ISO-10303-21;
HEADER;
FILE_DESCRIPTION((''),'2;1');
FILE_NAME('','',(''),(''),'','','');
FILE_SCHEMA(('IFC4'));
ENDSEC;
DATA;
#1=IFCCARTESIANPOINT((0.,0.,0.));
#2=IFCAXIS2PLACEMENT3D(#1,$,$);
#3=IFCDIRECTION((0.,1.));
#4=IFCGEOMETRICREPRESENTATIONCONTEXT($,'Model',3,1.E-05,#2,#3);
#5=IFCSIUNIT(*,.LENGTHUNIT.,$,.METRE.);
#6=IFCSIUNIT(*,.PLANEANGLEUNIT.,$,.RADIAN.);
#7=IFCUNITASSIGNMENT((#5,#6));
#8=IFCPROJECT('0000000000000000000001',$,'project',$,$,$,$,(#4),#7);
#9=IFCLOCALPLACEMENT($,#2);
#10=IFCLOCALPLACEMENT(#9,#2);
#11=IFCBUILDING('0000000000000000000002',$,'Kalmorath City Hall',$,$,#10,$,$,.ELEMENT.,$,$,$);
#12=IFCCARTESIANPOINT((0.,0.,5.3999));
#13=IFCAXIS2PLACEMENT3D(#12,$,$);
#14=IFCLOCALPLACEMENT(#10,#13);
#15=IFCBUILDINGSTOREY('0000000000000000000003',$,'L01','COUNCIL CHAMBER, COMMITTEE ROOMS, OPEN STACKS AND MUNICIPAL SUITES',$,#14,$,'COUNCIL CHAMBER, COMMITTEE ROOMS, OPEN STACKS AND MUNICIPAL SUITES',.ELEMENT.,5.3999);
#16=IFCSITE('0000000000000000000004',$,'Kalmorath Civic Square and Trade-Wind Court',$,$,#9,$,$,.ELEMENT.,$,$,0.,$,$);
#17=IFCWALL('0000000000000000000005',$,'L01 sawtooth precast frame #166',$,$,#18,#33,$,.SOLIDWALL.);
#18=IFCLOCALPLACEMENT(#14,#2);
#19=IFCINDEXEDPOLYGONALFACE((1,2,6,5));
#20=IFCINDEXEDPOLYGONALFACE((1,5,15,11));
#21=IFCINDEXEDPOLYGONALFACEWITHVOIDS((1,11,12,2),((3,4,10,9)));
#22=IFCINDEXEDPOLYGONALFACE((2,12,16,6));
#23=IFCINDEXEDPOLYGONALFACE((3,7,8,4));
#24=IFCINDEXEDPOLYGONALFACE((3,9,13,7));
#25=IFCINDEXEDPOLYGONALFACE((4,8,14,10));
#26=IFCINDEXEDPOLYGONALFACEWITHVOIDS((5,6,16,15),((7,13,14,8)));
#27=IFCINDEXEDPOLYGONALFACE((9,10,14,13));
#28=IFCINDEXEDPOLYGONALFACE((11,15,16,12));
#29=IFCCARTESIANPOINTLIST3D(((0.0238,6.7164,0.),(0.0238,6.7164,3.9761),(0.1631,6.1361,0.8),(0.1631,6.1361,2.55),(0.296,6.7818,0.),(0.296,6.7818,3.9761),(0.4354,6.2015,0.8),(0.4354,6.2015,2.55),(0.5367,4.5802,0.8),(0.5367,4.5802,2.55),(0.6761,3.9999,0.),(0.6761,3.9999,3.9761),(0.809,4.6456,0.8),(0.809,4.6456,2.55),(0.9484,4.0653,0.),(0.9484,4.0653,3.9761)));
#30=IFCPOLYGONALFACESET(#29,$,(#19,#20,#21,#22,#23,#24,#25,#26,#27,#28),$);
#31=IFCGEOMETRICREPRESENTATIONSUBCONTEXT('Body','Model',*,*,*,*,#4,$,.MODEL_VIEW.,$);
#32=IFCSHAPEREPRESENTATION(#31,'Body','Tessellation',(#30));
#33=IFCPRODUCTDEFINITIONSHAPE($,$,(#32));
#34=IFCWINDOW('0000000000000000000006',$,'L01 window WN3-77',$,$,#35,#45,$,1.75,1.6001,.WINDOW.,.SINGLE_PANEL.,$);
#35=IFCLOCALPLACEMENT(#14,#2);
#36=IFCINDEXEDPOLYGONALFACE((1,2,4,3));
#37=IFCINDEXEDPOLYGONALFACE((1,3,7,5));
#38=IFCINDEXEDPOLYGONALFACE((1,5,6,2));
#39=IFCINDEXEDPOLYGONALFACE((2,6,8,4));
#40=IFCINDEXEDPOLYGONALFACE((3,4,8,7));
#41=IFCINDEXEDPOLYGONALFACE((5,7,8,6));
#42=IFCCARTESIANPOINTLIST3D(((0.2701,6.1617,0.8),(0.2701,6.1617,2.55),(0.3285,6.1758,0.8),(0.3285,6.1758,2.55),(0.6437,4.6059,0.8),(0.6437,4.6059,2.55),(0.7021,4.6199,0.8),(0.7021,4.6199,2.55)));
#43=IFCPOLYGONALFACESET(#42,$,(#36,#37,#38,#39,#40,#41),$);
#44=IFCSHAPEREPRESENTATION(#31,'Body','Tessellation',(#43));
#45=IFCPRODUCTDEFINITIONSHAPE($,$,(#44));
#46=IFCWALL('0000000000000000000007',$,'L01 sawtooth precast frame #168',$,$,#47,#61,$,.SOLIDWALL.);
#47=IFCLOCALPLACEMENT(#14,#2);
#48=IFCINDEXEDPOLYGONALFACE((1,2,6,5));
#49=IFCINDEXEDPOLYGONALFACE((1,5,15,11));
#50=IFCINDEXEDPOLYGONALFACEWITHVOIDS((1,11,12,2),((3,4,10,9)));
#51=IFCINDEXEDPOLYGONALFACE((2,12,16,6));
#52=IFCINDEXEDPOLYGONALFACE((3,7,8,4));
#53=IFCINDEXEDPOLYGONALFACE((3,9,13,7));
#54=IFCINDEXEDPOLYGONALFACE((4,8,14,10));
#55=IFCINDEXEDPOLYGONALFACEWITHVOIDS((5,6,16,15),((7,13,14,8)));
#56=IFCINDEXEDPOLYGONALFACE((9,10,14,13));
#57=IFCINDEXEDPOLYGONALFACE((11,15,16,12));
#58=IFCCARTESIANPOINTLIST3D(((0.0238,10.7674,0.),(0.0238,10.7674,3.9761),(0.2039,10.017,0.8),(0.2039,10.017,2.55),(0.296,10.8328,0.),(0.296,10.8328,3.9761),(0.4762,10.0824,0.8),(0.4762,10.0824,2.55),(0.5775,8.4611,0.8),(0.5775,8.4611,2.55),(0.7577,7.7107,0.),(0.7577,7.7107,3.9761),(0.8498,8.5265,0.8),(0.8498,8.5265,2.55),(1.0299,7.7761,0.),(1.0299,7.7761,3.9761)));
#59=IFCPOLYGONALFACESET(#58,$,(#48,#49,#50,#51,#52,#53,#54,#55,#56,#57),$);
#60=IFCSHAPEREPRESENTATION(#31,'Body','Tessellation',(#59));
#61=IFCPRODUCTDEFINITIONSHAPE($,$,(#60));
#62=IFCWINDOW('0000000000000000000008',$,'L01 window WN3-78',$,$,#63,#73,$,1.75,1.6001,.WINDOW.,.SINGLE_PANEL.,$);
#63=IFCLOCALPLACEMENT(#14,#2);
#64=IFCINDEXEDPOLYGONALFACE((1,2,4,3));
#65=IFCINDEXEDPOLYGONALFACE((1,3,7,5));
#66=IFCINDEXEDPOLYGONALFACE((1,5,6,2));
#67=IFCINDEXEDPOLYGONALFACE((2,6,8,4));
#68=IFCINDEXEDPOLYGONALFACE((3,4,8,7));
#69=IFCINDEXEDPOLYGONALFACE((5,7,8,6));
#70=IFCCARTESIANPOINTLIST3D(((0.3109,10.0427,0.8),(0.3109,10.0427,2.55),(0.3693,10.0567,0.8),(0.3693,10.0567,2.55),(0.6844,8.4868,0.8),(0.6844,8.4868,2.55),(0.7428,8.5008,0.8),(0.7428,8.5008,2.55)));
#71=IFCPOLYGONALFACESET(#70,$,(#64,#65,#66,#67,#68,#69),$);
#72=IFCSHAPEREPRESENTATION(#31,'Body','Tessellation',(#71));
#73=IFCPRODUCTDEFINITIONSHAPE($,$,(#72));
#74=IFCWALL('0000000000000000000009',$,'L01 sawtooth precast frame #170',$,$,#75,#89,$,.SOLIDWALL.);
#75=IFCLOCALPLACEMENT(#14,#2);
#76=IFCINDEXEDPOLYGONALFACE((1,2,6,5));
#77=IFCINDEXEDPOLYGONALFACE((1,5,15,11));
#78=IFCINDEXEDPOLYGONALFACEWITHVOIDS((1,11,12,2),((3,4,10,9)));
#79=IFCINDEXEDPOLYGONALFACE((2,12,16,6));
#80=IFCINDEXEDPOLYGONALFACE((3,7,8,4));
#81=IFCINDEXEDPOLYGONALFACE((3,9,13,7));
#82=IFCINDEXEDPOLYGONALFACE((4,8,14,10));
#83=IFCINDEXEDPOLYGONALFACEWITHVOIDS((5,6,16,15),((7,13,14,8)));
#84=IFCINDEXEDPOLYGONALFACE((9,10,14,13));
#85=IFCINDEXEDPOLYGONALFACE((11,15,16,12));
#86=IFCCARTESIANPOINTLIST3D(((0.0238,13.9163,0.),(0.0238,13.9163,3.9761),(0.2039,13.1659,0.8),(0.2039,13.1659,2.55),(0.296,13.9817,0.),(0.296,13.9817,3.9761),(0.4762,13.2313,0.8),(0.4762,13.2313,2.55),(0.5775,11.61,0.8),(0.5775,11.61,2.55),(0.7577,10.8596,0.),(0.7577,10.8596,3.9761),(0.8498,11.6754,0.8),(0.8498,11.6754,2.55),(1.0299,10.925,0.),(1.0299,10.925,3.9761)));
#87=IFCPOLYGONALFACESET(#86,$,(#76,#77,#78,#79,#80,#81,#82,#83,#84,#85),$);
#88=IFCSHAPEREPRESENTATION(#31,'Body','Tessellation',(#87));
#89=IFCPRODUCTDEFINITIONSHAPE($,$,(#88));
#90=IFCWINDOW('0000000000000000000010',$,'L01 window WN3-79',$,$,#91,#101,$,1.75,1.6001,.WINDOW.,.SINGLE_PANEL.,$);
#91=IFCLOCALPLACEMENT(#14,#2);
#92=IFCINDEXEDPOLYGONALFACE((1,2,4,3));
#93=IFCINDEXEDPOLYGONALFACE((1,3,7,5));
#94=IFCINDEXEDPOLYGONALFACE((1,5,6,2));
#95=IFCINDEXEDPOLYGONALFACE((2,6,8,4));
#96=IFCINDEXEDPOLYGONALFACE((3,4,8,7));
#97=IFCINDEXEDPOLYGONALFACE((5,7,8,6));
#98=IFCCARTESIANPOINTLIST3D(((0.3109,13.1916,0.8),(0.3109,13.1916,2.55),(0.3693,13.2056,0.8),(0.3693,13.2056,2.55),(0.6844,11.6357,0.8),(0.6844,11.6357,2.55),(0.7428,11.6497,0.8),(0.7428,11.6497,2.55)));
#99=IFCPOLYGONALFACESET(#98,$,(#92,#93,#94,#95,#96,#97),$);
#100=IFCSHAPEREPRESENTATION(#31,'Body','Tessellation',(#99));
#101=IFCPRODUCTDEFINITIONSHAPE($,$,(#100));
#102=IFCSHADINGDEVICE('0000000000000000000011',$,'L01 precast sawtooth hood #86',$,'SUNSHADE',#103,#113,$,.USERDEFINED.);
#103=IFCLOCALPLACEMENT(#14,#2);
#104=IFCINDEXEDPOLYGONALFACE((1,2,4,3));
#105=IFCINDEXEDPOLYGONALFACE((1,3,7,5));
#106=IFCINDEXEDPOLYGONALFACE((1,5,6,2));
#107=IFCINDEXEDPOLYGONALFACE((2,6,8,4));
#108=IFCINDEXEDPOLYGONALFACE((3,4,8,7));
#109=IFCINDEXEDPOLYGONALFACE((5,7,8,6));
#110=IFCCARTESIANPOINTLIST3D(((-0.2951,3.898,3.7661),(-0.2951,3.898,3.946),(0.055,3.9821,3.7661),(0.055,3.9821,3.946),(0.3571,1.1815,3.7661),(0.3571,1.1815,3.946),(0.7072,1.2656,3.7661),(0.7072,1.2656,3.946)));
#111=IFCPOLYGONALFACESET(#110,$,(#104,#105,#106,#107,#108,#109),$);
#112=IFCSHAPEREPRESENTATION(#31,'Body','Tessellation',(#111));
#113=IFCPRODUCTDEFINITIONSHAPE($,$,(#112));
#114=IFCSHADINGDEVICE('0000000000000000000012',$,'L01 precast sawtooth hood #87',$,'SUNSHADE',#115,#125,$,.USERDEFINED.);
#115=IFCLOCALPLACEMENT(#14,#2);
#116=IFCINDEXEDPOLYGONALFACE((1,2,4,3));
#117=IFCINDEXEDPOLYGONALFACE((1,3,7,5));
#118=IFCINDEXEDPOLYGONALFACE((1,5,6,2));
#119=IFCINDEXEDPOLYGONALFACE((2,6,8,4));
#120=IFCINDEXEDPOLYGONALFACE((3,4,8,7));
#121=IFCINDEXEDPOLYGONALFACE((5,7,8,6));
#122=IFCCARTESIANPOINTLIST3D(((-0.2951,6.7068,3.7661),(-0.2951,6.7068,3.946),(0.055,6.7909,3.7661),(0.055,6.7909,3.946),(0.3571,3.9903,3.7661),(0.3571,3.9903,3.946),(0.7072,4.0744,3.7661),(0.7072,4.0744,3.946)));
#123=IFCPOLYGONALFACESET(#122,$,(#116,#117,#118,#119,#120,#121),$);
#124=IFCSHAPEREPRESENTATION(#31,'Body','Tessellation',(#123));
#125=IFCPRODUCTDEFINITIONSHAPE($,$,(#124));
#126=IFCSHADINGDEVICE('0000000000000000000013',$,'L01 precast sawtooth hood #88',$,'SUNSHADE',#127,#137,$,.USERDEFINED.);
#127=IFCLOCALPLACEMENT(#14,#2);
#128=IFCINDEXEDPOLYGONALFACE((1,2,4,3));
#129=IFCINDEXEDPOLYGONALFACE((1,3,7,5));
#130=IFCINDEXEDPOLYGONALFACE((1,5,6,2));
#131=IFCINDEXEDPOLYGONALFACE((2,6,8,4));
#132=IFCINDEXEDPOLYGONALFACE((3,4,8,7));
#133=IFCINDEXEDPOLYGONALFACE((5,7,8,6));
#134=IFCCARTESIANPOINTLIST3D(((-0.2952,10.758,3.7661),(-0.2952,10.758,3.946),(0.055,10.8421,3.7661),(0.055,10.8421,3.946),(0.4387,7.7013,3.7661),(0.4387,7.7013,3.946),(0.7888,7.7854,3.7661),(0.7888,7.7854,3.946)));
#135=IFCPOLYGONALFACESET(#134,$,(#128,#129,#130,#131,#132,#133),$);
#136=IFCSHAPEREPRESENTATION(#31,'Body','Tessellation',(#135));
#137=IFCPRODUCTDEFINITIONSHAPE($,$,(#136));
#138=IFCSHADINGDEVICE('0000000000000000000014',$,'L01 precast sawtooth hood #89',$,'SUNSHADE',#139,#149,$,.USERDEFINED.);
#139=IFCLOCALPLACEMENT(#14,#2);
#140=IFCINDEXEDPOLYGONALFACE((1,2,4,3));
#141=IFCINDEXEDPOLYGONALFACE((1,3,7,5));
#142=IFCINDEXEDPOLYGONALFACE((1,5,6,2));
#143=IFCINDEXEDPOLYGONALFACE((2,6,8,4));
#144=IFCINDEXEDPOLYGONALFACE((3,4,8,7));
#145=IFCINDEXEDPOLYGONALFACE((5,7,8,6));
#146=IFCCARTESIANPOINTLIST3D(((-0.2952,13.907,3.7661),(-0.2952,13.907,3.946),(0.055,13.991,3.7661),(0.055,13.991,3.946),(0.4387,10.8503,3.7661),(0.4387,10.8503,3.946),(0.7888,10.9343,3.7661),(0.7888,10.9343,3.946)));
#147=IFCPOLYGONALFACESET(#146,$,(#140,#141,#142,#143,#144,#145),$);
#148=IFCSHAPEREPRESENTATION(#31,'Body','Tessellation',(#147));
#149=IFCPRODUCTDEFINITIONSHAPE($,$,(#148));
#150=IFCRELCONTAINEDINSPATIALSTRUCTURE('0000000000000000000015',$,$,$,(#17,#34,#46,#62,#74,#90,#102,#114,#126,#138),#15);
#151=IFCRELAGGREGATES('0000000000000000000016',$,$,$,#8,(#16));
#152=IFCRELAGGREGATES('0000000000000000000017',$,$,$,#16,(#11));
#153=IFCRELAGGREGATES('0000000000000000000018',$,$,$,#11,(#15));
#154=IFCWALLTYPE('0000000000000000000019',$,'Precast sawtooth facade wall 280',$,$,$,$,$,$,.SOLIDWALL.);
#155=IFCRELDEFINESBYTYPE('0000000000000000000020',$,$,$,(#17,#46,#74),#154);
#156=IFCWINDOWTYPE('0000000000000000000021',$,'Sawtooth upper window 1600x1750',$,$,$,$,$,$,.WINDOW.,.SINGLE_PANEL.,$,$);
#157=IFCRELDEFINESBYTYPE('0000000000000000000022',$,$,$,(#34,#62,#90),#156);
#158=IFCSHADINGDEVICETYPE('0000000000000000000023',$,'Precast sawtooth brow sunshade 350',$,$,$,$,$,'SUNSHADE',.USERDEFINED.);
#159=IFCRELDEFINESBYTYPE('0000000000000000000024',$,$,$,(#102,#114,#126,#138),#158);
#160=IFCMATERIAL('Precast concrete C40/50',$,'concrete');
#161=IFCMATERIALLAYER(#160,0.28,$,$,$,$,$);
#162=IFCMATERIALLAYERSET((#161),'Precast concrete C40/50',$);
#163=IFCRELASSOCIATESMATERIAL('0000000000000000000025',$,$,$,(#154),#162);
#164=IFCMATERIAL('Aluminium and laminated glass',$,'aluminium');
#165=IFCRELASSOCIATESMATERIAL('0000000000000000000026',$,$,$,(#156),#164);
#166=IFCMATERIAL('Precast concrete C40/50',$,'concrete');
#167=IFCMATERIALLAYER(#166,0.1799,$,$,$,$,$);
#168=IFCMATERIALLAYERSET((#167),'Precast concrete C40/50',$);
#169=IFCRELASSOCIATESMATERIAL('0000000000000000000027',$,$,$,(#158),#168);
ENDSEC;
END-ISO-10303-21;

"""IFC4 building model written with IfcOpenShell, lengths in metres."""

from ifc_helpers import new_model, si_unit, direction, frame, frame_2d, origin, origin_2d, place, context, subcontext, project, spatial, rectangle, extrude, material, layer, layer_set, type_object, element, fill, save


model = new_model("IFC4")

# Units and contexts
model_context = context("Model", 3, precision=1e-05, world=origin(), true_north=direction((0.0, 1.0)))
body_context = subcontext(model_context, "Body", "Model", "MODEL_VIEW")
ifc_project = project(units=[si_unit("LENGTHUNIT", "METRE"), si_unit("PLANEANGLEUNIT", "RADIAN")], contexts=[model_context])

# Site, building, storey
site_placement = place(None, origin())
site = spatial("IfcSite", under=ifc_project, at=site_placement, Name="Kalmorath Civic Square and Trade-Wind Court", CompositionType="ELEMENT", RefElevation=0.0)
building_placement = place(site_placement, origin())
building = spatial("IfcBuilding", under=site, at=building_placement, Name="Kalmorath City Hall", CompositionType="ELEMENT")
storey_placement = place(building_placement, frame((0.0, 0.0, 5.3999)))
storey = spatial("IfcBuildingStorey", under=building, at=storey_placement, Name="L01", Description="COUNCIL CHAMBER, COMMITTEE ROOMS, OPEN STACKS AND MUNICIPAL SUITES", LongName="COUNCIL CHAMBER, COMMITTEE ROOMS, OPEN STACKS AND MUNICIPAL SUITES", CompositionType="ELEMENT", Elevation=5.3999)

# Walls, openings, windows
ifc_material_1 = material(Name="Precast concrete C40/50", Category="concrete")
ifc_layer_1 = layer(ifc_material_1, 0.28)
ifc_layer_set_1 = layer_set([ifc_layer_1], Name="Precast concrete C40/50")
wall_type_1 = type_object("IfcWallType", Name="Precast sawtooth facade wall 280", PredefinedType="SOLIDWALL", material=ifc_layer_set_1)
wall_1_placement = place(storey_placement, frame((0.8123, 4.0325, 0.0), z_axis=(0.0, 0.0, 1.0), x_axis=(-0.233499, 0.972357, 0.0)))
wall_1 = element("IfcWall", 1, at=wall_1_placement, inside=storey, type_object=wall_type_1, Name="L01 sawtooth precast frame #166", PredefinedType="SOLIDWALL", context=body_context, shape_type="SweptSolid", body=[
    extrude(rectangle(XDim=2.7937, YDim=0.28, at=frame_2d((1.397, 0.0))), origin(), (0.0, 0.0, 1.0), 3.9761),
])
opening_1_placement = place(wall_1_placement, frame((0.5969, 0.0, 0.8)))
opening_1 = element("IfcOpeningElement", 2, at=opening_1_placement, cuts=wall_1, PredefinedType="OPENING", context=body_context, shape_type="SweptSolid", body=[
    extrude(rectangle(XDim=1.6001, YDim=1.75, at=frame_2d((0.8, 0.875))), frame((0.0, 0.1499, 0.0), z_axis=(0.0, -1.0, 0.0), x_axis=(1.0, 0.0, 0.0)), (0.0, 0.0, 1.0), 0.3),
])
ifc_material_2 = material(Name="Aluminium and laminated glass", Category="aluminium")
window_type = type_object("IfcWindowType", Name="Sawtooth upper window 1600x1750", PartitioningType="SINGLE_PANEL", PredefinedType="WINDOW", material=ifc_material_2)
window_1_placement = place(opening_1_placement, origin())
window_1 = element("IfcWindow", 3, at=window_1_placement, inside=storey, type_object=window_type, Name="L01 window WN3-77", OverallHeight=1.75, OverallWidth=1.6001, PartitioningType="SINGLE_PANEL", PredefinedType="WINDOW", context=body_context, shape_type="SweptSolid", body=[
    extrude(rectangle(XDim=1.6001, YDim=1.75, at=frame_2d((0.8, 0.875))), frame((0.0, 0.03, 0.0), z_axis=(0.0, -1.0, 0.0), x_axis=(1.0, 0.0, 0.0)), (0.0, 0.0, 1.0), 0.0601),
])
fill(opening_1, window_1)
wall_2_placement = place(storey_placement, frame((0.8938, 7.7434, 0.0), z_axis=(0.0, 0.0, 1.0), x_axis=(-0.233461, 0.972366, 0.0)))
wall_2 = element("IfcWall", 4, at=wall_2_placement, inside=storey, type_object=wall_type_1, Name="L01 sawtooth precast frame #168", PredefinedType="SOLIDWALL", context=body_context, shape_type="SweptSolid", body=[
    extrude(rectangle(XDim=3.1436, YDim=0.28, at=frame_2d((1.5718, 0.0))), origin(), (0.0, 0.0, 1.0), 3.9761),
])
opening_2_placement = place(wall_2_placement, frame((0.7717, 0.0, 0.8)))
opening_2 = element("IfcOpeningElement", 5, at=opening_2_placement, cuts=wall_2, PredefinedType="OPENING", context=body_context, shape_type="SweptSolid", body=[
    extrude(rectangle(XDim=1.6001, YDim=1.75, at=frame_2d((0.8, 0.875))), frame((0.0, 0.1499, 0.0), z_axis=(0.0, -1.0, 0.0), x_axis=(1.0, 0.0, 0.0)), (0.0, 0.0, 1.0), 0.3),
])
window_2_placement = place(opening_2_placement, origin())
window_2 = element("IfcWindow", 6, at=window_2_placement, inside=storey, type_object=window_type, Name="L01 window WN3-78", OverallHeight=1.75, OverallWidth=1.6001, PartitioningType="SINGLE_PANEL", PredefinedType="WINDOW", context=body_context, shape_type="SweptSolid", body=[
    extrude(rectangle(XDim=1.6001, YDim=1.75, at=frame_2d((0.8, 0.875))), frame((0.0, 0.03, 0.0), z_axis=(0.0, -1.0, 0.0), x_axis=(1.0, 0.0, 0.0)), (0.0, 0.0, 1.0), 0.0601),
])
fill(opening_2, window_2)
wall_3_placement = place(storey_placement, frame((0.8938, 10.8923, 0.0), z_axis=(0.0, 0.0, 1.0), x_axis=(-0.233461, 0.972366, 0.0)))
wall_3 = element("IfcWall", 7, at=wall_3_placement, inside=storey, type_object=wall_type_1, Name="L01 sawtooth precast frame #170", PredefinedType="SOLIDWALL", context=body_context, shape_type="SweptSolid", body=[
    extrude(rectangle(XDim=3.1436, YDim=0.28, at=frame_2d((1.5718, 0.0))), origin(), (0.0, 0.0, 1.0), 3.9761),
])
opening_3_placement = place(wall_3_placement, frame((0.7717, 0.0, 0.8)))
opening_3 = element("IfcOpeningElement", 8, at=opening_3_placement, cuts=wall_3, PredefinedType="OPENING", context=body_context, shape_type="SweptSolid", body=[
    extrude(rectangle(XDim=1.6001, YDim=1.75, at=frame_2d((0.8, 0.875))), frame((0.0, 0.1499, 0.0), z_axis=(0.0, -1.0, 0.0), x_axis=(1.0, 0.0, 0.0)), (0.0, 0.0, 1.0), 0.3),
])
window_3_placement = place(opening_3_placement, origin())
window_3 = element("IfcWindow", 9, at=window_3_placement, inside=storey, type_object=window_type, Name="L01 window WN3-79", OverallHeight=1.75, OverallWidth=1.6001, PartitioningType="SINGLE_PANEL", PredefinedType="WINDOW", context=body_context, shape_type="SweptSolid", body=[
    extrude(rectangle(XDim=1.6001, YDim=1.75, at=frame_2d((0.8, 0.875))), frame((0.0, 0.03, 0.0), z_axis=(0.0, -1.0, 0.0), x_axis=(1.0, 0.0, 0.0)), (0.0, 0.0, 1.0), 0.0601),
])
fill(opening_3, window_3)

# Shading devices
ifc_material_3 = material(Name="Precast concrete C40/50", Category="concrete")
ifc_layer_2 = layer(ifc_material_3, 0.1799)
ifc_layer_set_2 = layer_set([ifc_layer_2], Name="Precast concrete C40/50")
shading_device_type = type_object("IfcShadingDeviceType", Name="Precast sawtooth brow sunshade 350", ElementType="SUNSHADE", PredefinedType="USERDEFINED", material=ifc_layer_set_2)
for number, where, z_axis, x_axis, name in (
    (10, (0.2061, 2.5818, 3.7661), (0.0, 0.0, 1.0), (-0.233445, 0.97237, 0.0), "L01 precast sawtooth hood #86"),
    (11, (0.2061, 5.3906, 3.7661), (0.0, 0.0, 1.0), (-0.233445, 0.97237, 0.0), "L01 precast sawtooth hood #87"),
):
    element("IfcShadingDevice", number, at=place(storey_placement, frame(where, z_axis=z_axis, x_axis=x_axis)), inside=storey, type_object=shading_device_type, Name=name, ObjectType="SUNSHADE", PredefinedType="USERDEFINED", context=body_context, shape_type="SweptSolid", body=[
        extrude(rectangle(XDim=2.7937, YDim=0.3601, at=origin_2d()), origin(), (0.0, 0.0, 1.0), 0.1799),
    ])
for number, where, z_axis, x_axis, name in (
    (12, (0.2468, 9.2717, 3.7661), (0.0, 0.0, 1.0), (-0.233445, 0.97237, 0.0), "L01 precast sawtooth hood #88"),
    (13, (0.2468, 12.4207, 3.7661), (0.0, 0.0, 1.0), (-0.233445, 0.97237, 0.0), "L01 precast sawtooth hood #89"),
):
    element("IfcShadingDevice", number, at=place(storey_placement, frame(where, z_axis=z_axis, x_axis=x_axis)), inside=storey, type_object=shading_device_type, Name=name, ObjectType="SUNSHADE", PredefinedType="USERDEFINED", context=body_context, shape_type="SweptSolid", body=[
        extrude(rectangle(XDim=3.1436, YDim=0.3601, at=origin_2d()), origin(), (0.0, 0.0, 1.0), 0.1799),
    ])

save(model, "model.ifc")
